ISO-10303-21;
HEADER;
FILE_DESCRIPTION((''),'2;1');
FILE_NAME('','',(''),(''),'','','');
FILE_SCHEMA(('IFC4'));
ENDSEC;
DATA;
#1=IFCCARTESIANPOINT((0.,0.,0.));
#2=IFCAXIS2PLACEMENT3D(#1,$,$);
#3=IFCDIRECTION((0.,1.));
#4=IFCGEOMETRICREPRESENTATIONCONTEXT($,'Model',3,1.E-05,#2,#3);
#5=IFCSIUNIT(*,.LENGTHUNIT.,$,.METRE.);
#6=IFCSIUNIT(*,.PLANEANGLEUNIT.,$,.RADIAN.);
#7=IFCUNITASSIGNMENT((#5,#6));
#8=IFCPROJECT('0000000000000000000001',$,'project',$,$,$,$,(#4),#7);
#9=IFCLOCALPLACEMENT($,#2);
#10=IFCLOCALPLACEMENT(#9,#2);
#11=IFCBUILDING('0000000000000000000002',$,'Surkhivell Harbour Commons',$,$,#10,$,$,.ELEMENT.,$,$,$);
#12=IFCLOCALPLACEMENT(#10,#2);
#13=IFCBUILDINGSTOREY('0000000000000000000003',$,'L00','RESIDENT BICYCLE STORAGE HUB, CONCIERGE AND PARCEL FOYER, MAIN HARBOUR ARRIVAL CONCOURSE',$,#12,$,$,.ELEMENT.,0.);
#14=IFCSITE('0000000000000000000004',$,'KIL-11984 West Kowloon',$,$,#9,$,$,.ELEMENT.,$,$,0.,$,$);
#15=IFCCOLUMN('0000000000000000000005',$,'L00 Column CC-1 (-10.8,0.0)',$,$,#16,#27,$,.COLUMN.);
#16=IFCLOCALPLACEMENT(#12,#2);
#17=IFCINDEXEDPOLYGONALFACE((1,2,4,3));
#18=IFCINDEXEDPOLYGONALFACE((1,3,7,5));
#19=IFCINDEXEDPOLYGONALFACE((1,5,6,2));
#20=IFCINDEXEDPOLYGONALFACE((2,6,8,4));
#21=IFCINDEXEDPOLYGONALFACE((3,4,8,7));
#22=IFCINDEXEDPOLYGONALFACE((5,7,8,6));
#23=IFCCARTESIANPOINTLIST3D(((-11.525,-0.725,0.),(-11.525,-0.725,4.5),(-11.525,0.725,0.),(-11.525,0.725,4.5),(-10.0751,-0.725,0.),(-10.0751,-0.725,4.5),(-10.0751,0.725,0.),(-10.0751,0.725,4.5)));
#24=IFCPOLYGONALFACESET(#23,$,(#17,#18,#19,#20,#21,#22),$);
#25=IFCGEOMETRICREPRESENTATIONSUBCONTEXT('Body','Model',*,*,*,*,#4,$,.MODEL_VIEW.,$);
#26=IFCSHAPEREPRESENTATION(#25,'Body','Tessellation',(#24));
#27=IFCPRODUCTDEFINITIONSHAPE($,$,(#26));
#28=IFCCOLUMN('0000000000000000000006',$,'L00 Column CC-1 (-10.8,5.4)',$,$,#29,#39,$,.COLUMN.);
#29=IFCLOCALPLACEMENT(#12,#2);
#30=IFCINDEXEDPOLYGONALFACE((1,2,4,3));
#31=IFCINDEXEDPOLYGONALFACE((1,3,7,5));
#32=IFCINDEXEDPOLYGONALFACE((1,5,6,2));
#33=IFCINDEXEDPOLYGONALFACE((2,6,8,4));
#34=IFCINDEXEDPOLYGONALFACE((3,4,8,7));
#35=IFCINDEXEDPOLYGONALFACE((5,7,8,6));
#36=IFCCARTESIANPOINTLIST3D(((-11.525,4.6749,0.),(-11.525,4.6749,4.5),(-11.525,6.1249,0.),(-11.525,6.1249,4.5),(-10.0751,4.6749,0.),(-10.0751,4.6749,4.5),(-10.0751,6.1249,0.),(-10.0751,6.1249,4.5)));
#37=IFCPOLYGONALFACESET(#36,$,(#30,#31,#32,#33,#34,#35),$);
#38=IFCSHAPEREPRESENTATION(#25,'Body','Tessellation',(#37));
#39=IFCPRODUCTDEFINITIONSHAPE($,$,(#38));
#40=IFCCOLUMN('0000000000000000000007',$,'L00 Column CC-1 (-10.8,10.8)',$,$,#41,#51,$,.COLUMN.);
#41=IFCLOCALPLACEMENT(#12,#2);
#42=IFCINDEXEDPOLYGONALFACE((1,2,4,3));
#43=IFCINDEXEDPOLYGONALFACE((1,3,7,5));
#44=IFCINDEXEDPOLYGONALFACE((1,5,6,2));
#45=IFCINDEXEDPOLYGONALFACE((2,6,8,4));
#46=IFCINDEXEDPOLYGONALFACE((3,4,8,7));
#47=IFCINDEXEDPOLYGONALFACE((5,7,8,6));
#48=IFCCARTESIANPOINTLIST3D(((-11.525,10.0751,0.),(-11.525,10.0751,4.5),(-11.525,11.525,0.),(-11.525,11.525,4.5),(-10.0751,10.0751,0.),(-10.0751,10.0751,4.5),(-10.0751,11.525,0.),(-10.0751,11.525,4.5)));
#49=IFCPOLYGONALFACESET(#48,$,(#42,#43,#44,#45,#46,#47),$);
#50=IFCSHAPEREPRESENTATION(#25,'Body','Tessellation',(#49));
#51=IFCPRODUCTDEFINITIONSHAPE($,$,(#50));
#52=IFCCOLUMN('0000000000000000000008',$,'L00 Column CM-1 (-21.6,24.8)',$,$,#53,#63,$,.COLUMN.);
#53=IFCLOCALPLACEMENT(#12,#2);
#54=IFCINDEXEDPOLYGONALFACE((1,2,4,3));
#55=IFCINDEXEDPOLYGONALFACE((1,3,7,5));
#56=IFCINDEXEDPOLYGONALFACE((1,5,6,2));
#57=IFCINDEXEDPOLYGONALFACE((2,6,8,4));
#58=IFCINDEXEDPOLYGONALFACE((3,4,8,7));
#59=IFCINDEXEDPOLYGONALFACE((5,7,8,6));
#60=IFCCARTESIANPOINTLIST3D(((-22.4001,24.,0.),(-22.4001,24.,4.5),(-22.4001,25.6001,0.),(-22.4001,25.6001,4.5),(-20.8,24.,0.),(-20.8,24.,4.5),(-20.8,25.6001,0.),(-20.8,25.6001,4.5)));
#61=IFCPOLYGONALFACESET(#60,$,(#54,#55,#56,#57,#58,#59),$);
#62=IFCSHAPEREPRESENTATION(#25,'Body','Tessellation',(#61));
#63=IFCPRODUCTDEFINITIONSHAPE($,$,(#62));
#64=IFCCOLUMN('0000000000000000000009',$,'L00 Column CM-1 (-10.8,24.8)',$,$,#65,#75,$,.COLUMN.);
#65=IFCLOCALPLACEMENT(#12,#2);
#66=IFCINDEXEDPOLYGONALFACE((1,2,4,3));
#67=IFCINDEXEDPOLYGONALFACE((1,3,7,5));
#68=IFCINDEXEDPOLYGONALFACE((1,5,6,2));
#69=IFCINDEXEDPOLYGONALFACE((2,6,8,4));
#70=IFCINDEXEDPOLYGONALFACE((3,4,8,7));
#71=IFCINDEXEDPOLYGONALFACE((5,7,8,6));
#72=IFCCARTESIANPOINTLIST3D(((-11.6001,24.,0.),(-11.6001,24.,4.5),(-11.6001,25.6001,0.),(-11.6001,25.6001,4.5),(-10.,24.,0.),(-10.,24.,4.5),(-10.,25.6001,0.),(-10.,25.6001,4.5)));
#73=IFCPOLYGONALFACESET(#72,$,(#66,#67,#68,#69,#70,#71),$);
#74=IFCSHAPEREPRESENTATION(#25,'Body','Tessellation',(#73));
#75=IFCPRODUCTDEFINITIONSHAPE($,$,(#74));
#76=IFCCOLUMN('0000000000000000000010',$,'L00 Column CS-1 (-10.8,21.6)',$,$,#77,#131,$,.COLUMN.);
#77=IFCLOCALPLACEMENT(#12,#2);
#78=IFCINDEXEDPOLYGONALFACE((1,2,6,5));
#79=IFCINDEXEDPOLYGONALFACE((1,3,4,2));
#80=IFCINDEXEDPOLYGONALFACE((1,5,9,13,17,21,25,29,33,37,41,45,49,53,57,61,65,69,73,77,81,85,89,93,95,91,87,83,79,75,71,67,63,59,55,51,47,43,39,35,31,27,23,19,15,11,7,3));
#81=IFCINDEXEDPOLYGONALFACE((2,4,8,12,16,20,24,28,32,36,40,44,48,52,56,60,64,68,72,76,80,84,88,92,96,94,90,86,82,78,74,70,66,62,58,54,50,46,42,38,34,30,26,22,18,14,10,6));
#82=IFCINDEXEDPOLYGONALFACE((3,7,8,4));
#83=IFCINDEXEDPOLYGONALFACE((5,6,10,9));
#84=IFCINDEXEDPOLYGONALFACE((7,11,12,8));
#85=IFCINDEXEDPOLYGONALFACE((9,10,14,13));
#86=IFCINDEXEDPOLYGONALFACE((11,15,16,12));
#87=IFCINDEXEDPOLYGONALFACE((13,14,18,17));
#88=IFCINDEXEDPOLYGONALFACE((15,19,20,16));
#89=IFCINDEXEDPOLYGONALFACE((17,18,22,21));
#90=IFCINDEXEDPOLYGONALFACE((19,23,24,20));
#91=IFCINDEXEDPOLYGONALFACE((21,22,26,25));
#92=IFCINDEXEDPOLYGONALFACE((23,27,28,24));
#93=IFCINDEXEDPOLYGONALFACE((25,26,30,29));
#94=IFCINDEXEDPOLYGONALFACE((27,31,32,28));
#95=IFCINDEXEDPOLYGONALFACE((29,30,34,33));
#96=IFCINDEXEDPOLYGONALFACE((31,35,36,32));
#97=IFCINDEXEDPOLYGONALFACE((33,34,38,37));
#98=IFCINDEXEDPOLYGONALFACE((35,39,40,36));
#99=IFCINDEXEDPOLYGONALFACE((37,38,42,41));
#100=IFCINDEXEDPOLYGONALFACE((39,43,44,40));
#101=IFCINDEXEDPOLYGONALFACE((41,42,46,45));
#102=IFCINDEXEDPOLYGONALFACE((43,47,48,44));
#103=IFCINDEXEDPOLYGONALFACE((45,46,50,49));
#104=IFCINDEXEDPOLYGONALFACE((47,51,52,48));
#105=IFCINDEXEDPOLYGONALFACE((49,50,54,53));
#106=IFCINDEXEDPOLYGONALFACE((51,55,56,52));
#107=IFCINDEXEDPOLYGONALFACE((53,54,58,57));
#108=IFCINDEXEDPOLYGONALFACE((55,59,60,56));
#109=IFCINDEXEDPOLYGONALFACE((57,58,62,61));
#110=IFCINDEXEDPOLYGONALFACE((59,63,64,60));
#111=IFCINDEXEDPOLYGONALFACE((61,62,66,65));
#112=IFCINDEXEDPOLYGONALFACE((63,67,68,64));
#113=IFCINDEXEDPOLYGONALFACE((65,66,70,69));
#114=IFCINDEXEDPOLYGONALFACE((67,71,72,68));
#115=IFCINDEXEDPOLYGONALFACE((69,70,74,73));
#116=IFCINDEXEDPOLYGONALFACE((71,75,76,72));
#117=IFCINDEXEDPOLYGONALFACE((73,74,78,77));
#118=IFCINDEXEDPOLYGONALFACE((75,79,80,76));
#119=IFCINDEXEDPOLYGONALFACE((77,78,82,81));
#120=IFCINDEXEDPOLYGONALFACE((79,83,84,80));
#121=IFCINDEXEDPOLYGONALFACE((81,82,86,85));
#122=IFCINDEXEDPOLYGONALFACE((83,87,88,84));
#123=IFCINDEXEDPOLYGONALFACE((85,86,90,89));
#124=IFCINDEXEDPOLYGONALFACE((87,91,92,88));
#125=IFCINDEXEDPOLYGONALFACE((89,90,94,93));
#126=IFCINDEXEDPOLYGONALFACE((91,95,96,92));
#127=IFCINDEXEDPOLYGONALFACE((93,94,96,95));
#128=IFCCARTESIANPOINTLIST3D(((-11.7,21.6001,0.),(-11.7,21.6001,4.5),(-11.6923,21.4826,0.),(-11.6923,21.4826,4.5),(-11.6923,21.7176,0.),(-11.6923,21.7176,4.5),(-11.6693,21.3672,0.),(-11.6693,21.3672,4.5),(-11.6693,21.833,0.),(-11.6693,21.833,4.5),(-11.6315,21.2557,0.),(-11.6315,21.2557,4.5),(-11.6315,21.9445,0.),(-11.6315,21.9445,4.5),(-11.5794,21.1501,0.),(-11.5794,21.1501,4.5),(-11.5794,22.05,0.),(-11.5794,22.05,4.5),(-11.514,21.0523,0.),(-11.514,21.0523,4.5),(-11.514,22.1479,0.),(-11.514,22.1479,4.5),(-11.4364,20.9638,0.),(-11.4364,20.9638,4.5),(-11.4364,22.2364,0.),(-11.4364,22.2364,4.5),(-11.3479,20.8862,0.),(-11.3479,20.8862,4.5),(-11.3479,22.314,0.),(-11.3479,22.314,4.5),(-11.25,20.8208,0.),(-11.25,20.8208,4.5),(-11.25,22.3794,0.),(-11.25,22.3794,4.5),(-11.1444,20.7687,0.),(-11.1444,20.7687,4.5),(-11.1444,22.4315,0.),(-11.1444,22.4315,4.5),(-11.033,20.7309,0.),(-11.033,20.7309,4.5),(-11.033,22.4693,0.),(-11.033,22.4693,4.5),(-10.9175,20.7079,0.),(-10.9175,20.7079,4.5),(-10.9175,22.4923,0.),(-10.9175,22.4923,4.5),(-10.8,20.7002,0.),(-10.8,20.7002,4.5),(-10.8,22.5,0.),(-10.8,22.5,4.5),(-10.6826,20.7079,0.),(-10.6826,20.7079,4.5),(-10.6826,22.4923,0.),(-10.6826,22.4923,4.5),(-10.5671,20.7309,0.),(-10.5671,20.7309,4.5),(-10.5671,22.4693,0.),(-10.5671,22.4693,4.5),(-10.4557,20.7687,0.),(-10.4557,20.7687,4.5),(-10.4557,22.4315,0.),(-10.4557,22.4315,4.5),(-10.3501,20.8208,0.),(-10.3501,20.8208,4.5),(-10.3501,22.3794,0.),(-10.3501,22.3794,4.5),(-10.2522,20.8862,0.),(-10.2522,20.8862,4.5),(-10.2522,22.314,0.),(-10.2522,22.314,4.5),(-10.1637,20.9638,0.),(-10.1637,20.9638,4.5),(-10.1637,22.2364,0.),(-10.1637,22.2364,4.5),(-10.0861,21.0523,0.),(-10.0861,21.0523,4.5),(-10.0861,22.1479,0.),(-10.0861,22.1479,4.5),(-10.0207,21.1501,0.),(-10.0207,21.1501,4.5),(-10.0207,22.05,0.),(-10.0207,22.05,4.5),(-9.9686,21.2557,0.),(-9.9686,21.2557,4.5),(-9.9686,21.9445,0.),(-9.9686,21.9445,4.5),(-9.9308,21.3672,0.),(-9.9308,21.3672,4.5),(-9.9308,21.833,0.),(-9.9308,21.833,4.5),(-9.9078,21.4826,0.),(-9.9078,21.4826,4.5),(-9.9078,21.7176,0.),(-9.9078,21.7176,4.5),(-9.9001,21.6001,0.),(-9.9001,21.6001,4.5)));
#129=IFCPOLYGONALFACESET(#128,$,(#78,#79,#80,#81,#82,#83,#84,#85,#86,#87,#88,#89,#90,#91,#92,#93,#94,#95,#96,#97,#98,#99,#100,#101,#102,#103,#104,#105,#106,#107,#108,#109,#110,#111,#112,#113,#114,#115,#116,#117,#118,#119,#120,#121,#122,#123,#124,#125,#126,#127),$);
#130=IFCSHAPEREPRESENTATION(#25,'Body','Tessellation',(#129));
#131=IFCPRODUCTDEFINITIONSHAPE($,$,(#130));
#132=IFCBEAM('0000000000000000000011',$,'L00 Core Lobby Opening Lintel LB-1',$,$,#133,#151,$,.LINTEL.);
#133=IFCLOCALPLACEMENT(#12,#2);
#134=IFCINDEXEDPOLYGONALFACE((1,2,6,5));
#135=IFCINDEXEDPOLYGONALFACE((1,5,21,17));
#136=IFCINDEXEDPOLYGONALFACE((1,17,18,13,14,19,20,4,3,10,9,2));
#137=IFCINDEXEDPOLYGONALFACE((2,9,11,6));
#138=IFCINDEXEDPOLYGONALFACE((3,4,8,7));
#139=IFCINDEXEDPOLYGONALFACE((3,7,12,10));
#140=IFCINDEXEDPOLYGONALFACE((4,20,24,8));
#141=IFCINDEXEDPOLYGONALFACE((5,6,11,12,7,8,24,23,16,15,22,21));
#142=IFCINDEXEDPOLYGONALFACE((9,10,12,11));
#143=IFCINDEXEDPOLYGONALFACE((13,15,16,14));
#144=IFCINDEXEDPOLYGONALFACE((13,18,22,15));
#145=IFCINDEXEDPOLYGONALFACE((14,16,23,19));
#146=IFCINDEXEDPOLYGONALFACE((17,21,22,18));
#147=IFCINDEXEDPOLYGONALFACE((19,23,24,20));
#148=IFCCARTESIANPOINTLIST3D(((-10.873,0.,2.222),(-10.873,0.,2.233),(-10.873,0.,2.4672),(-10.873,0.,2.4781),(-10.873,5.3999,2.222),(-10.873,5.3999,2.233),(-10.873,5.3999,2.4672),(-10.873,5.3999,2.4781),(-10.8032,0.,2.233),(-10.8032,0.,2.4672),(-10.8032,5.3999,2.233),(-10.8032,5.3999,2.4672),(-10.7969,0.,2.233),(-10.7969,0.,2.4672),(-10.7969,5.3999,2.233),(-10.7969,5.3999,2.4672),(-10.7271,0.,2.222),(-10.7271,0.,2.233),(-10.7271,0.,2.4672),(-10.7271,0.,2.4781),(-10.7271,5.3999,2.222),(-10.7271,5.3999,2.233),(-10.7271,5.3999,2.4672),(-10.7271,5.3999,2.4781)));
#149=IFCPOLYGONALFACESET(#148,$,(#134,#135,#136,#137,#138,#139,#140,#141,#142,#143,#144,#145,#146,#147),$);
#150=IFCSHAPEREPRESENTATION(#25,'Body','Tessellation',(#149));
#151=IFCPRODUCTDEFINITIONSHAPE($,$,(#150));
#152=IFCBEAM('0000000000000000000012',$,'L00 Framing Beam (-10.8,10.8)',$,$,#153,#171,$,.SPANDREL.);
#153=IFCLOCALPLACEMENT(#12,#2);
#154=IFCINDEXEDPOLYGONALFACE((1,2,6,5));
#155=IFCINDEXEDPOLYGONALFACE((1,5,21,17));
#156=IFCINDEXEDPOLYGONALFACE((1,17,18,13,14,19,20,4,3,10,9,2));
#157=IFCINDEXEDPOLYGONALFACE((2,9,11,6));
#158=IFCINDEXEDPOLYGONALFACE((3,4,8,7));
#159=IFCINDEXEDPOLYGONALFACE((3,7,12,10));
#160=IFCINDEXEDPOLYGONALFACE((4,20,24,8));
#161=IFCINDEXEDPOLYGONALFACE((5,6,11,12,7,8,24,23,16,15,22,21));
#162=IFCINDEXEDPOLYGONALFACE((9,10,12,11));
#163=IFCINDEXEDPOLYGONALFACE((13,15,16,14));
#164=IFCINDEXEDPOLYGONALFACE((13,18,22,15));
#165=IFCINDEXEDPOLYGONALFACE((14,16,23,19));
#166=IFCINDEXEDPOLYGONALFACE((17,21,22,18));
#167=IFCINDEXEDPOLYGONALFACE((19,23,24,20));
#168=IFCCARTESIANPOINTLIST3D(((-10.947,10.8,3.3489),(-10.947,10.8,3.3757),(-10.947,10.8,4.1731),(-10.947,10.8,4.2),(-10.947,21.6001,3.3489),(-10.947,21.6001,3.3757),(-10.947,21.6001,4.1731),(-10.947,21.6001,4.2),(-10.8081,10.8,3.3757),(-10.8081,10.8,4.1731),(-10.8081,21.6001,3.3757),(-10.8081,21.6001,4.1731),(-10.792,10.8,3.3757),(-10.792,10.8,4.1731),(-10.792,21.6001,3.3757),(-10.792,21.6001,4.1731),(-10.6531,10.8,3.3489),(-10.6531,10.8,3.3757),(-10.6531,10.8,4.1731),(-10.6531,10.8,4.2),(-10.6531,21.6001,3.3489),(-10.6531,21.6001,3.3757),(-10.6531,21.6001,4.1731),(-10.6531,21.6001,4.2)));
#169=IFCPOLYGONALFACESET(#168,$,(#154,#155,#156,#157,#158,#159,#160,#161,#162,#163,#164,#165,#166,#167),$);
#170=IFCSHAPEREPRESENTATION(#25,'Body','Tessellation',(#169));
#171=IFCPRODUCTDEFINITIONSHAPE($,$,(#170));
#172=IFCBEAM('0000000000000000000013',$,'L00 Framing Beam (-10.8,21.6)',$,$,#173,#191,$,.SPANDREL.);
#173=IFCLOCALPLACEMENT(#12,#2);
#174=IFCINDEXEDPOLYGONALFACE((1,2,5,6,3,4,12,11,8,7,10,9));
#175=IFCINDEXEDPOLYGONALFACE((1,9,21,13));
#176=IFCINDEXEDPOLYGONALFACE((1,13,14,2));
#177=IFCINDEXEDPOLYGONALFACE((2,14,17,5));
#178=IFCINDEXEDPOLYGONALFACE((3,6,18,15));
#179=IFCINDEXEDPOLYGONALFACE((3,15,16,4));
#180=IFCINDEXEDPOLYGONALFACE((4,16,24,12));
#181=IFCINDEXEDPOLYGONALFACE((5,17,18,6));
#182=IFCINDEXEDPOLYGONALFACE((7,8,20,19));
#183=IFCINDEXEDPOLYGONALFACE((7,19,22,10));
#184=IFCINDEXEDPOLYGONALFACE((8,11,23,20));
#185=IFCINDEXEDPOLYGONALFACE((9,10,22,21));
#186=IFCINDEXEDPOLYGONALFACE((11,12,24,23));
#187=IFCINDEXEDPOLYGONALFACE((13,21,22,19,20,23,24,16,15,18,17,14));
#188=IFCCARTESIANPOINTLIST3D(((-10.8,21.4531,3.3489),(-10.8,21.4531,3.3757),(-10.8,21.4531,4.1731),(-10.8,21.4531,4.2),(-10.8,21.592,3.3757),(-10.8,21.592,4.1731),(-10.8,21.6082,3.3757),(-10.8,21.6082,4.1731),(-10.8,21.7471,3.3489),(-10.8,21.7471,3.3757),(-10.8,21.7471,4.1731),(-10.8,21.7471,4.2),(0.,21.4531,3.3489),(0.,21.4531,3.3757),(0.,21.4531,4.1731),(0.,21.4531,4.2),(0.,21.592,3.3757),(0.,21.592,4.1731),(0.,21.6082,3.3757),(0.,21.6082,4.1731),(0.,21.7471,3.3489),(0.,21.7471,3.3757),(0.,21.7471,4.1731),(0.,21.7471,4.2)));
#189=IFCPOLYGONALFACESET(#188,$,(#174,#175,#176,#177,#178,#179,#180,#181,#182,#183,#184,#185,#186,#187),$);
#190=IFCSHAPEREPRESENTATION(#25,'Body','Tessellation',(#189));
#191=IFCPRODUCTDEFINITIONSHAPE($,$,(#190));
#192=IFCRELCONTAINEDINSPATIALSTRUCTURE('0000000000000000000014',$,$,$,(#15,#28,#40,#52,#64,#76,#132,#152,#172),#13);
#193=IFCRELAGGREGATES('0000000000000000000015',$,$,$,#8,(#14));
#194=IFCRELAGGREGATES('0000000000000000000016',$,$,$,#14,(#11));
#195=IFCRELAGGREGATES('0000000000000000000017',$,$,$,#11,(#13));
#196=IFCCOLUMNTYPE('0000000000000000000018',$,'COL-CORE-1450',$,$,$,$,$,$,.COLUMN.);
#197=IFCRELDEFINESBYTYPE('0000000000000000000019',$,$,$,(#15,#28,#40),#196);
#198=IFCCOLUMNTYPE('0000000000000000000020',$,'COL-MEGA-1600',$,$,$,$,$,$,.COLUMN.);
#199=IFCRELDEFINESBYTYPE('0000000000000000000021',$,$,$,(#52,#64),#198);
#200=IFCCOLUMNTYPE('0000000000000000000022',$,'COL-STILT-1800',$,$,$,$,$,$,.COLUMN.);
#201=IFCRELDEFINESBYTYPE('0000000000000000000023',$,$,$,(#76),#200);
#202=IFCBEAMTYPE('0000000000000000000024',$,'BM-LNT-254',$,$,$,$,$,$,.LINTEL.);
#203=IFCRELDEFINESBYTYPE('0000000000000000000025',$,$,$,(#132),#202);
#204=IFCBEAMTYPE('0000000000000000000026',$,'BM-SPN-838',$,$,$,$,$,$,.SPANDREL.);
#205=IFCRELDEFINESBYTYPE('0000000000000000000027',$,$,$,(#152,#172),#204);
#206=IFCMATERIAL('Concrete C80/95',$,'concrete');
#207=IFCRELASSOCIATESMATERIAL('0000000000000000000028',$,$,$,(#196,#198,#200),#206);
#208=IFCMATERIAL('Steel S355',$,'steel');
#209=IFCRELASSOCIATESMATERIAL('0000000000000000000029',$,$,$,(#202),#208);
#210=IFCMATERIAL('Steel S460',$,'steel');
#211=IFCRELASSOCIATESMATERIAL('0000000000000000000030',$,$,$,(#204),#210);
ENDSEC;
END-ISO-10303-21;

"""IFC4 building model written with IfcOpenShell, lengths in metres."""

from ifc_helpers import new_model, si_unit, direction, frame, origin, origin_2d, place, context, subcontext, project, spatial, rectangle, circle, i_section, extrude, material, material_profile, profile_set, type_object, element, save


model = new_model("IFC4")

# Units and contexts
model_context = context("Model", 3, precision=1e-05, world=origin(), true_north=direction((0.0, 1.0)))
body_context = subcontext(model_context, "Body", "Model", "MODEL_VIEW")
ifc_project = project(units=[si_unit("LENGTHUNIT", "METRE"), si_unit("PLANEANGLEUNIT", "RADIAN")], contexts=[model_context])

# Site, building, storey
site_placement = place(None, origin())
site = spatial("IfcSite", under=ifc_project, at=site_placement, Name="KIL-11984 West Kowloon", CompositionType="ELEMENT", RefElevation=0.0)
building_placement = place(site_placement, origin())
building = spatial("IfcBuilding", under=site, at=building_placement, Name="Surkhivell Harbour Commons", CompositionType="ELEMENT")
storey_placement = place(building_placement, origin())
storey = spatial("IfcBuildingStorey", under=building, at=storey_placement, Name="L00", Description="RESIDENT BICYCLE STORAGE HUB, CONCIERGE AND PARCEL FOYER, MAIN HARBOUR ARRIVAL CONCOURSE", CompositionType="ELEMENT", Elevation=0.0)

# Columns
ifc_material_1 = material(Name="Concrete C80/95", Category="concrete")
ifc_material_profile_1 = material_profile(ifc_material_1, rectangle(XDim=1.45, YDim=1.45, at=origin_2d()), Name="RC-COL-1450x1450")
ifc_profile_set_1 = profile_set([ifc_material_profile_1], Name="Concrete C80/95")
column_type_1 = type_object("IfcColumnType", Name="COL-CORE-1450", PredefinedType="COLUMN", material=ifc_profile_set_1)
for number, where, z_axis, x_axis, name in (
    (1, (-10.8, 0.0, 0.0), (0.0, 0.0, 1.0), (1.0, 0.0, 0.0), "L00 Column CC-1 (-10.8,0.0)"),
    (2, (-10.8, 5.3999, 0.0), (0.0, 0.0, 1.0), (1.0, 0.0, 0.0), "L00 Column CC-1 (-10.8,5.4)"),
    (3, (-10.8, 10.8, 0.0), (0.0, 0.0, 1.0), (1.0, 0.0, 0.0), "L00 Column CC-1 (-10.8,10.8)"),
):
    element("IfcColumn", number, at=place(storey_placement, frame(where, z_axis=z_axis, x_axis=x_axis)), inside=storey, type_object=column_type_1, Name=name, PredefinedType="COLUMN", context=body_context, shape_type="SweptSolid", body=[
        extrude(rectangle(XDim=1.45, YDim=1.45, at=origin_2d()), origin(), (0.0, 0.0, 1.0), 4.5),
    ])
ifc_material_profile_2 = material_profile(ifc_material_1, rectangle(XDim=1.6001, YDim=1.6001, at=origin_2d()), Name="RC-COL-1600x1600")
ifc_profile_set_2 = profile_set([ifc_material_profile_2], Name="Concrete C80/95")
column_type_2 = type_object("IfcColumnType", Name="COL-MEGA-1600", PredefinedType="COLUMN", material=ifc_profile_set_2)
for number, where, z_axis, x_axis, name in (
    (4, (-21.6001, 24.8, 0.0), (0.0, 0.0, 1.0), (1.0, 0.0, 0.0), "L00 Column CM-1 (-21.6,24.8)"),
    (5, (-10.8, 24.8, 0.0), (0.0, 0.0, 1.0), (1.0, 0.0, 0.0), "L00 Column CM-1 (-10.8,24.8)"),
):
    element("IfcColumn", number, at=place(storey_placement, frame(where, z_axis=z_axis, x_axis=x_axis)), inside=storey, type_object=column_type_2, Name=name, PredefinedType="COLUMN", context=body_context, shape_type="SweptSolid", body=[
        extrude(rectangle(XDim=1.6001, YDim=1.6001, at=origin_2d()), origin(), (0.0, 0.0, 1.0), 4.5),
    ])
ifc_material_profile_3 = material_profile(ifc_material_1, circle(Radius=0.8999, at=origin_2d()), Name="RC-CIRC-1800")
ifc_profile_set_3 = profile_set([ifc_material_profile_3], Name="Concrete C80/95")
column_type_3 = type_object("IfcColumnType", Name="COL-STILT-1800", PredefinedType="COLUMN", material=ifc_profile_set_3)
column_placement = place(storey_placement, frame((-10.8, 21.6001, 0.0), z_axis=(0.0, 0.0, 1.0), x_axis=(1.0, 0.0, 0.0)))
element("IfcColumn", 6, at=column_placement, inside=storey, type_object=column_type_3, Name="L00 Column CS-1 (-10.8,21.6)", PredefinedType="COLUMN", context=body_context, shape_type="SweptSolid", body=[
    extrude(circle(Radius=0.8999, at=origin_2d()), origin(), (0.0, 0.0, 1.0), 4.5),
])

# Beams
ifc_material_2 = material(Name="Steel S355", Category="steel")
ifc_material_profile_4 = material_profile(ifc_material_2, i_section(OverallWidth=0.146, OverallDepth=0.2561, WebThickness=0.0063, FlangeThickness=0.011, at=origin_2d()), Name="UB254x146x37")
ifc_profile_set_4 = profile_set([ifc_material_profile_4], Name="Steel S355")
beam_type_1 = type_object("IfcBeamType", Name="BM-LNT-254", PredefinedType="LINTEL", material=ifc_profile_set_4)
beam_placement = place(storey_placement, frame((-10.8, 0.0, 2.3501), z_axis=(0.0, 1.0, 0.0), x_axis=(-1.0, 0.0, 0.0)))
element("IfcBeam", 7, at=beam_placement, inside=storey, type_object=beam_type_1, Name="L00 Core Lobby Opening Lintel LB-1", PredefinedType="LINTEL", context=body_context, shape_type="SweptSolid", body=[
    extrude(i_section(OverallWidth=0.146, OverallDepth=0.2561, WebThickness=0.0063, FlangeThickness=0.011, at=origin_2d()), origin(), (0.0, 0.0, 1.0), 5.3999),
])
ifc_material_3 = material(Name="Steel S460", Category="steel")
ifc_material_profile_5 = material_profile(ifc_material_3, i_section(OverallWidth=0.2939, OverallDepth=0.8511, WebThickness=0.0161, FlangeThickness=0.0269, at=origin_2d()), Name="UB838x292x226")
ifc_profile_set_5 = profile_set([ifc_material_profile_5], Name="Steel S460")
beam_type_2 = type_object("IfcBeamType", Name="BM-SPN-838", PredefinedType="SPANDREL", material=ifc_profile_set_5)
for number, where, z_axis, x_axis, name in (
    (8, (-10.8, 10.8, 3.7744), (0.0, 1.0, 0.0), (-1.0, 0.0, 0.0), "L00 Framing Beam (-10.8,10.8)"),
    (9, (-10.8, 21.6001, 3.7744), (1.0, 0.0, 0.0), (0.0, 1.0, 0.0), "L00 Framing Beam (-10.8,21.6)"),
):
    element("IfcBeam", number, at=place(storey_placement, frame(where, z_axis=z_axis, x_axis=x_axis)), inside=storey, type_object=beam_type_2, Name=name, PredefinedType="SPANDREL", context=body_context, shape_type="SweptSolid", body=[
        extrude(i_section(OverallWidth=0.2939, OverallDepth=0.8511, WebThickness=0.0161, FlangeThickness=0.0269, at=origin_2d()), origin(), (0.0, 0.0, 1.0), 10.8),
    ])

save(model, "model.ifc")
